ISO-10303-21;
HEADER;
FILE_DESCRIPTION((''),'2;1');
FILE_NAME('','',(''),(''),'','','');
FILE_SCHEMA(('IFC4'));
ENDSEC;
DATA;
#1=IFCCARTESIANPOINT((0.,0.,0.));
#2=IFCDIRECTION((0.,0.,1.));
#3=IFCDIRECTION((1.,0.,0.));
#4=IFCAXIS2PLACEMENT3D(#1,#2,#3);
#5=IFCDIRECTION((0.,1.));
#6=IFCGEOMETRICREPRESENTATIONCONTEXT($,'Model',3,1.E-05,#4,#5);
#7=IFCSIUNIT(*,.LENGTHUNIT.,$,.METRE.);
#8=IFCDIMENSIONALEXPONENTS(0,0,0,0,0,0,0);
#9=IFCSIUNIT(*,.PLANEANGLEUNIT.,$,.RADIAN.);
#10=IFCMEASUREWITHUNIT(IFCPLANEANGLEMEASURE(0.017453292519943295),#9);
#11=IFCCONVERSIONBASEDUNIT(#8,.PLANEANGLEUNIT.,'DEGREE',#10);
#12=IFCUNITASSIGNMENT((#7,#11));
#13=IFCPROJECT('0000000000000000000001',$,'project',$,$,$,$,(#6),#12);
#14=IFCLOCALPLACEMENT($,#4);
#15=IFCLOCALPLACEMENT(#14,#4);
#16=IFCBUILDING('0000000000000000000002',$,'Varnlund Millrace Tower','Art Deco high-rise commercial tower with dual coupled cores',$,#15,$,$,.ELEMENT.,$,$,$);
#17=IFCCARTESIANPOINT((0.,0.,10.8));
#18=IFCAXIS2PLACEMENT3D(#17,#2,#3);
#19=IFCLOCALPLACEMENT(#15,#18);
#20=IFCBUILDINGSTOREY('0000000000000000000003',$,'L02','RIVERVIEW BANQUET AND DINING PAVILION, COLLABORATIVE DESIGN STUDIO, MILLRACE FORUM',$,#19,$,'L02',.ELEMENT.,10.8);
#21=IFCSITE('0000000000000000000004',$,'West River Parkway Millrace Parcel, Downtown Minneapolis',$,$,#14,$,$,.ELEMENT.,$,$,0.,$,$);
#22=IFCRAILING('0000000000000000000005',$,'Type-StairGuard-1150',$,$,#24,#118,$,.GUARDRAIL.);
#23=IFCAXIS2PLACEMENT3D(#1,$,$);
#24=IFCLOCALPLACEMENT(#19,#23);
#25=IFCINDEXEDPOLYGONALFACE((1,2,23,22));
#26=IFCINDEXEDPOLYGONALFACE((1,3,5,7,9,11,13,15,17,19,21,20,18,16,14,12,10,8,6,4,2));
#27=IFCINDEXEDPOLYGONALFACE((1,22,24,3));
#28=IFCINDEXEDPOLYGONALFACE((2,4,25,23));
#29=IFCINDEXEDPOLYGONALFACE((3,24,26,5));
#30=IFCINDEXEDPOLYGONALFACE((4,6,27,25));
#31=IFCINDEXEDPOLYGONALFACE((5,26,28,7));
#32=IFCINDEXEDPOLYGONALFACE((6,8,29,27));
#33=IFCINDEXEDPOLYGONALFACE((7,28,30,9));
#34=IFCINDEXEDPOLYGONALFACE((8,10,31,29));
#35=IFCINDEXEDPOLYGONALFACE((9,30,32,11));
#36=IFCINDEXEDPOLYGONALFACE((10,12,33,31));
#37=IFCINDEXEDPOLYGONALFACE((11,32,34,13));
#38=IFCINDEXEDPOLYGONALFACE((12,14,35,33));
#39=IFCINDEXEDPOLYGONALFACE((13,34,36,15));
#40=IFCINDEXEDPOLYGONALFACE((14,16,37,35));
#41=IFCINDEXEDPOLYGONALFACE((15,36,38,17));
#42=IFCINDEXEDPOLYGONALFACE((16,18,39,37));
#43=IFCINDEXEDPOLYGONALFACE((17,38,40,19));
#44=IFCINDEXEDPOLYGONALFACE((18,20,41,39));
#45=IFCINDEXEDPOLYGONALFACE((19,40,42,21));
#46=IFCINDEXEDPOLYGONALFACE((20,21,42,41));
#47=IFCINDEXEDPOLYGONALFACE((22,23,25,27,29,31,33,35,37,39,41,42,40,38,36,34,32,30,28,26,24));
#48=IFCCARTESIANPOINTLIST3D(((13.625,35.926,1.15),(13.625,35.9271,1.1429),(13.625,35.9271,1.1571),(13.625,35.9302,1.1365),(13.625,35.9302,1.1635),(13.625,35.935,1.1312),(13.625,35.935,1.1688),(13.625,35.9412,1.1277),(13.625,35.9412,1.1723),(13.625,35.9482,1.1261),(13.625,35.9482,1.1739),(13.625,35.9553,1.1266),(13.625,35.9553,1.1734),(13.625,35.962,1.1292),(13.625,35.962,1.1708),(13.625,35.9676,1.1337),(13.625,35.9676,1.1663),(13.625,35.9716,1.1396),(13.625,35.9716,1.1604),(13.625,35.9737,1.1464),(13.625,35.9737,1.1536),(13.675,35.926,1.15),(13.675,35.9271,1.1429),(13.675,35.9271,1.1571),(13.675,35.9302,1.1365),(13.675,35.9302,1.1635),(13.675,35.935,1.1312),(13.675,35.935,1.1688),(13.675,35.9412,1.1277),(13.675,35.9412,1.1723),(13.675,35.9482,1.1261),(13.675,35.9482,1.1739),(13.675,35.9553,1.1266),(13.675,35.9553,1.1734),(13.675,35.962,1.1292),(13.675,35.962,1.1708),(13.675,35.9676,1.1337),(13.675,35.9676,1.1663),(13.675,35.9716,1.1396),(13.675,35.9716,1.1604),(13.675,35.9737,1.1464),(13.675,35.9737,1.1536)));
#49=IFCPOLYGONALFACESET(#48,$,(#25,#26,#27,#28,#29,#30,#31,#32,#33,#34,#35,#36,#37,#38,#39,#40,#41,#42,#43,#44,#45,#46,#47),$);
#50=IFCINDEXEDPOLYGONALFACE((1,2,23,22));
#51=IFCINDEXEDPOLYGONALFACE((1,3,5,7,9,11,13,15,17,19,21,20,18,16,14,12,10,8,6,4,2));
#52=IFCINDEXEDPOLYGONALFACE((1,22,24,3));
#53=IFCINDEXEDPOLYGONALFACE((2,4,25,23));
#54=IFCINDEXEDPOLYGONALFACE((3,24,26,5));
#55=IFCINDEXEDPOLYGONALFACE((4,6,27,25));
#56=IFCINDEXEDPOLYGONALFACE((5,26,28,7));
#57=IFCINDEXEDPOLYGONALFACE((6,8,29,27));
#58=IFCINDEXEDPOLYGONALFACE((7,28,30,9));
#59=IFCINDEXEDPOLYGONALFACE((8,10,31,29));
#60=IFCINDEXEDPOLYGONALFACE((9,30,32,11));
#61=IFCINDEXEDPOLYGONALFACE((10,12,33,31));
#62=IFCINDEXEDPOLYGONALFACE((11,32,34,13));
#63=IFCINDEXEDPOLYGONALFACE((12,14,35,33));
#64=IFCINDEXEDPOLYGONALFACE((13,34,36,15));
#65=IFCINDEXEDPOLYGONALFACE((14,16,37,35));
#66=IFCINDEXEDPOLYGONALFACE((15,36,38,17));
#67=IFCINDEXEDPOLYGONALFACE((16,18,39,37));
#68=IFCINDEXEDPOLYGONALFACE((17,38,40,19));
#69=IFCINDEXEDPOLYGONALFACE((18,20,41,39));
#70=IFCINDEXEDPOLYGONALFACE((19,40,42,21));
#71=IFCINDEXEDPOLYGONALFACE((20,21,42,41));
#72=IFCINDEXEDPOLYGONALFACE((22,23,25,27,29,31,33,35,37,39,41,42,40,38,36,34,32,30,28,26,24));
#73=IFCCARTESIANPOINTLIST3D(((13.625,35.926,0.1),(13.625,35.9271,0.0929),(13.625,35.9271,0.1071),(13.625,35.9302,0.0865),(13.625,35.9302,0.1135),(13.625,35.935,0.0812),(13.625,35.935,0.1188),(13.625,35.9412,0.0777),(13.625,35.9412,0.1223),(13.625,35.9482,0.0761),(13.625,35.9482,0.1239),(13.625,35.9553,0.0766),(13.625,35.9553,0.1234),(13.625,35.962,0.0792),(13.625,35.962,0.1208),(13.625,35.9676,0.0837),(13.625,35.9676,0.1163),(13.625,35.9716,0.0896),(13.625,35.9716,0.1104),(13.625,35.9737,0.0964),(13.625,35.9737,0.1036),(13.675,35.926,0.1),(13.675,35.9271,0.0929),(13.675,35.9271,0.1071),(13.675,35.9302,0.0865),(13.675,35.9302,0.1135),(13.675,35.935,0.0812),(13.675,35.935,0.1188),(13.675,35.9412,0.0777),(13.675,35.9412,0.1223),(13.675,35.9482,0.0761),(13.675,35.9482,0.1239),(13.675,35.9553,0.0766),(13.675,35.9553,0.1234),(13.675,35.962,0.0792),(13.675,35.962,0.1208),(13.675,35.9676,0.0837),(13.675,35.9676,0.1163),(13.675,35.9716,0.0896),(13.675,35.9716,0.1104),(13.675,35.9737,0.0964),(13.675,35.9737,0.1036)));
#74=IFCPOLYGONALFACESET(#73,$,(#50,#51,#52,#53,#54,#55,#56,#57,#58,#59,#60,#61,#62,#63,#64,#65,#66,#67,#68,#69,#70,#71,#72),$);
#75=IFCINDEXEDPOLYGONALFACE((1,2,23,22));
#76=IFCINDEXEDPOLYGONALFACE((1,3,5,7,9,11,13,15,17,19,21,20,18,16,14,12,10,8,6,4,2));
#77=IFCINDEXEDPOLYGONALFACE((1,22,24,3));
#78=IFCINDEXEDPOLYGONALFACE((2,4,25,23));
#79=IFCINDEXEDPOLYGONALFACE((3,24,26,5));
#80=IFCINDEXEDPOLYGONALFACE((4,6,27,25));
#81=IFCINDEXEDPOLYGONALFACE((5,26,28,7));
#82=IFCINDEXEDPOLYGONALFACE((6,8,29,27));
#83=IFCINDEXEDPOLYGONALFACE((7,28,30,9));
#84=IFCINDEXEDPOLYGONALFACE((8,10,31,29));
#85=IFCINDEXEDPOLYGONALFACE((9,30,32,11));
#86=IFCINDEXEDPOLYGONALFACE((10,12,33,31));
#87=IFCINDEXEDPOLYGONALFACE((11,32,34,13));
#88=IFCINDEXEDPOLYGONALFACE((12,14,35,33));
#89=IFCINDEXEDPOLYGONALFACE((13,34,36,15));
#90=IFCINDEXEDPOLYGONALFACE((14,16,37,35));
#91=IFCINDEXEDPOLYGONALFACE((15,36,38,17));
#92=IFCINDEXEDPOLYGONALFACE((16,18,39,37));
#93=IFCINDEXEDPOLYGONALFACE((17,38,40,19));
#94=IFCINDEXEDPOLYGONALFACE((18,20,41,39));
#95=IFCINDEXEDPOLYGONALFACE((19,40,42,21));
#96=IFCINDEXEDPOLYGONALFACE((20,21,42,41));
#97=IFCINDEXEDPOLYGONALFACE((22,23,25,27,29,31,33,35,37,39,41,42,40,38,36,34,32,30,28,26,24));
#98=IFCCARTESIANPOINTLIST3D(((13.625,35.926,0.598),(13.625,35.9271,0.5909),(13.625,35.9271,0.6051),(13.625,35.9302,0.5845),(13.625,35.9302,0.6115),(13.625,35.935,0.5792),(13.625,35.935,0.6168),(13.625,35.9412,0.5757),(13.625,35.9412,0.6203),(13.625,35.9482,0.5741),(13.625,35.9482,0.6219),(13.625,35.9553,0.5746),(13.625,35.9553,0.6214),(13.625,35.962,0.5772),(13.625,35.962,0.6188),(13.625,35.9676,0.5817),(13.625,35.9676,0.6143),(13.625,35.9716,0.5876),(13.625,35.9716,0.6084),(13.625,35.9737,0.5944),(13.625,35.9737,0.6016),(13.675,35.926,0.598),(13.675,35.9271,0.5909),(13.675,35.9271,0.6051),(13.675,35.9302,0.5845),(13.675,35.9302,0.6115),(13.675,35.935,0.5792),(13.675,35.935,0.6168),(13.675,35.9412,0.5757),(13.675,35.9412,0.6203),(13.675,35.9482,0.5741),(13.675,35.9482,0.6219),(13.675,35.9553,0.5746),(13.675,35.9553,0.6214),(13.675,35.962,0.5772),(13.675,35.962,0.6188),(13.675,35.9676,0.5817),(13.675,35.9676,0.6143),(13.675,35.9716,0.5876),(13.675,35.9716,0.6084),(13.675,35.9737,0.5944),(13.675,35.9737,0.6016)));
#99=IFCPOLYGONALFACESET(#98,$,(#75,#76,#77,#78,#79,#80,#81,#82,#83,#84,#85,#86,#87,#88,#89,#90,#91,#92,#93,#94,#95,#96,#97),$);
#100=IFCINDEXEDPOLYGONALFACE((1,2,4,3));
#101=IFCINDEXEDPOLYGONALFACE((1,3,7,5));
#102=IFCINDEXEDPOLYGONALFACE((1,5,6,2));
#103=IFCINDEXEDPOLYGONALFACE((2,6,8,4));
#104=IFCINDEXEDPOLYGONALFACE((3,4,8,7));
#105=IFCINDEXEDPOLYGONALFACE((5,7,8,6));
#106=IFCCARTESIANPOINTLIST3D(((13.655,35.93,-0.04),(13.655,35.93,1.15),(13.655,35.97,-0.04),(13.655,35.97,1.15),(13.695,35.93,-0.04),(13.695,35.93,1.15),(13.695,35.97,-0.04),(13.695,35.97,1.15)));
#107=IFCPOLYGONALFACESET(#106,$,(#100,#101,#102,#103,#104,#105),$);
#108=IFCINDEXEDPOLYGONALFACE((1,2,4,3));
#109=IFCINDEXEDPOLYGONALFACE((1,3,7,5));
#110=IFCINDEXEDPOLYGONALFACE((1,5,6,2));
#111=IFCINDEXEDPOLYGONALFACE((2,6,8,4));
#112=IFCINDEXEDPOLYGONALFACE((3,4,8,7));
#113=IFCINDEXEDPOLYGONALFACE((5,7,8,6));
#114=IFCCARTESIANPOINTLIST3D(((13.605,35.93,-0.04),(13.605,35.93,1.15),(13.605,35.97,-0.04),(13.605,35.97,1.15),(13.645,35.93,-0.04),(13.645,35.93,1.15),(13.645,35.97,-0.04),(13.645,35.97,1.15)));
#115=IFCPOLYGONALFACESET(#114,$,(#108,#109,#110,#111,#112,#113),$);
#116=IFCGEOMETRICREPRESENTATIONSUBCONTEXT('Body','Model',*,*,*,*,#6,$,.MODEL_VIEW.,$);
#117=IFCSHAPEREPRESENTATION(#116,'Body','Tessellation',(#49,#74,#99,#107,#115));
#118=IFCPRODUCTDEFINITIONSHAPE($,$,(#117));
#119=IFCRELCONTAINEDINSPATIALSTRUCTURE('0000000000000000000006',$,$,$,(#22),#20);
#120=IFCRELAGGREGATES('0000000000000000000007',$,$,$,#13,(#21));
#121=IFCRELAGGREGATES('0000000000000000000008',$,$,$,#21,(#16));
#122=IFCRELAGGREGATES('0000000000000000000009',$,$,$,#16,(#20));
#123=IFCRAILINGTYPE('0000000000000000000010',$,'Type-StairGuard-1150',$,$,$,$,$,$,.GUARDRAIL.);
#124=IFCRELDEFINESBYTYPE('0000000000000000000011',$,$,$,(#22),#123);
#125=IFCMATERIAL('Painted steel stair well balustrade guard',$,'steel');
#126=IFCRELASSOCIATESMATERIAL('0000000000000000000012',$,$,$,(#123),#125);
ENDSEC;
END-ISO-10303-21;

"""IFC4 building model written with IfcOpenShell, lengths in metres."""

from ifc_helpers import new_model, entity, si_unit, converted_unit, direction, frame, origin_with_axes, origin_2d_with_axis, place, context, subcontext, project, spatial, rectangle, circle, extrude, material, type_object, element, save


model = new_model("IFC4")

# Units and contexts
model_context = context("Model", 3, precision=1e-05, world=origin_with_axes(), true_north=direction((0.0, 1.0)))
body_context = subcontext(model_context, "Body", "Model", "MODEL_VIEW")
ifc_project = project(units=[si_unit("LENGTHUNIT", "METRE"), converted_unit("PLANEANGLEUNIT", "DEGREE", entity("IfcPlaneAngleMeasure", 0.017453292519943295), si_unit("PLANEANGLEUNIT", "RADIAN"), dimensions=[0, 0, 0, 0, 0, 0, 0])], contexts=[model_context])

# Site, building, storey
site_placement = place(None, origin_with_axes())
site = spatial("IfcSite", under=ifc_project, at=site_placement, Name="West River Parkway Millrace Parcel, Downtown Minneapolis", CompositionType="ELEMENT", RefElevation=0.0)
building_placement = place(site_placement, origin_with_axes())
building = spatial("IfcBuilding", under=site, at=building_placement, Name="Varnlund Millrace Tower", Description="Art Deco high-rise commercial tower with dual coupled cores", CompositionType="ELEMENT")
storey_placement = place(building_placement, frame((0.0, 0.0, 10.8), z_axis=(0.0, 0.0, 1.0), x_axis=(1.0, 0.0, 0.0)))
storey = spatial("IfcBuildingStorey", under=building, at=storey_placement, Name="L02", Description="RIVERVIEW BANQUET AND DINING PAVILION, COLLABORATIVE DESIGN STUDIO, MILLRACE FORUM", LongName="L02", CompositionType="ELEMENT", Elevation=10.8)

# Railing
ifc_material_1 = material(Name="Painted steel stair well balustrade guard", Category="steel")
railing_type_1 = type_object("IfcRailingType", Name="Type-StairGuard-1150", PredefinedType="GUARDRAIL", material=ifc_material_1)
railing_1_placement = place(storey_placement, frame((0.0, 0.0, -10.8), z_axis=(0.0, 0.0, 1.0), x_axis=(1.0, 0.0, 0.0)))
element("IfcRailing", 1, at=railing_1_placement, inside=storey, type_object=railing_type_1, Name="Type-StairGuard-1150", PredefinedType="GUARDRAIL", context=body_context, shape_type="SweptSolid", body=[
    extrude(circle(Radius=0.024, at=origin_2d_with_axis()), frame((13.675, 35.95, 11.95), z_axis=(-1.0, 0.0, 0.0), x_axis=(0.0, -1.0, 0.0)), (0.0, 0.0, 1.0), 0.05),
    extrude(circle(Radius=0.024, at=origin_2d_with_axis()), frame((13.675, 35.95, 10.9), z_axis=(-1.0, 0.0, 0.0), x_axis=(0.0, -1.0, 0.0)), (0.0, 0.0, 1.0), 0.05),
    extrude(circle(Radius=0.024, at=origin_2d_with_axis()), frame((13.675, 35.95, 11.398), z_axis=(-1.0, 0.0, 0.0), x_axis=(0.0, -1.0, 0.0)), (0.0, 0.0, 1.0), 0.05),
    extrude(rectangle(XDim=0.04, YDim=0.04, at=origin_2d_with_axis()), frame((13.675, 35.95, 10.76), z_axis=(0.0, 0.0, 1.0), x_axis=(1.0, 0.0, 0.0)), (0.0, 0.0, 1.0), 1.19),
    extrude(rectangle(XDim=0.04, YDim=0.04, at=origin_2d_with_axis()), frame((13.625, 35.95, 10.76), z_axis=(0.0, 0.0, 1.0), x_axis=(1.0, 0.0, 0.0)), (0.0, 0.0, 1.0), 1.19),
])

save(model, "model.ifc")
